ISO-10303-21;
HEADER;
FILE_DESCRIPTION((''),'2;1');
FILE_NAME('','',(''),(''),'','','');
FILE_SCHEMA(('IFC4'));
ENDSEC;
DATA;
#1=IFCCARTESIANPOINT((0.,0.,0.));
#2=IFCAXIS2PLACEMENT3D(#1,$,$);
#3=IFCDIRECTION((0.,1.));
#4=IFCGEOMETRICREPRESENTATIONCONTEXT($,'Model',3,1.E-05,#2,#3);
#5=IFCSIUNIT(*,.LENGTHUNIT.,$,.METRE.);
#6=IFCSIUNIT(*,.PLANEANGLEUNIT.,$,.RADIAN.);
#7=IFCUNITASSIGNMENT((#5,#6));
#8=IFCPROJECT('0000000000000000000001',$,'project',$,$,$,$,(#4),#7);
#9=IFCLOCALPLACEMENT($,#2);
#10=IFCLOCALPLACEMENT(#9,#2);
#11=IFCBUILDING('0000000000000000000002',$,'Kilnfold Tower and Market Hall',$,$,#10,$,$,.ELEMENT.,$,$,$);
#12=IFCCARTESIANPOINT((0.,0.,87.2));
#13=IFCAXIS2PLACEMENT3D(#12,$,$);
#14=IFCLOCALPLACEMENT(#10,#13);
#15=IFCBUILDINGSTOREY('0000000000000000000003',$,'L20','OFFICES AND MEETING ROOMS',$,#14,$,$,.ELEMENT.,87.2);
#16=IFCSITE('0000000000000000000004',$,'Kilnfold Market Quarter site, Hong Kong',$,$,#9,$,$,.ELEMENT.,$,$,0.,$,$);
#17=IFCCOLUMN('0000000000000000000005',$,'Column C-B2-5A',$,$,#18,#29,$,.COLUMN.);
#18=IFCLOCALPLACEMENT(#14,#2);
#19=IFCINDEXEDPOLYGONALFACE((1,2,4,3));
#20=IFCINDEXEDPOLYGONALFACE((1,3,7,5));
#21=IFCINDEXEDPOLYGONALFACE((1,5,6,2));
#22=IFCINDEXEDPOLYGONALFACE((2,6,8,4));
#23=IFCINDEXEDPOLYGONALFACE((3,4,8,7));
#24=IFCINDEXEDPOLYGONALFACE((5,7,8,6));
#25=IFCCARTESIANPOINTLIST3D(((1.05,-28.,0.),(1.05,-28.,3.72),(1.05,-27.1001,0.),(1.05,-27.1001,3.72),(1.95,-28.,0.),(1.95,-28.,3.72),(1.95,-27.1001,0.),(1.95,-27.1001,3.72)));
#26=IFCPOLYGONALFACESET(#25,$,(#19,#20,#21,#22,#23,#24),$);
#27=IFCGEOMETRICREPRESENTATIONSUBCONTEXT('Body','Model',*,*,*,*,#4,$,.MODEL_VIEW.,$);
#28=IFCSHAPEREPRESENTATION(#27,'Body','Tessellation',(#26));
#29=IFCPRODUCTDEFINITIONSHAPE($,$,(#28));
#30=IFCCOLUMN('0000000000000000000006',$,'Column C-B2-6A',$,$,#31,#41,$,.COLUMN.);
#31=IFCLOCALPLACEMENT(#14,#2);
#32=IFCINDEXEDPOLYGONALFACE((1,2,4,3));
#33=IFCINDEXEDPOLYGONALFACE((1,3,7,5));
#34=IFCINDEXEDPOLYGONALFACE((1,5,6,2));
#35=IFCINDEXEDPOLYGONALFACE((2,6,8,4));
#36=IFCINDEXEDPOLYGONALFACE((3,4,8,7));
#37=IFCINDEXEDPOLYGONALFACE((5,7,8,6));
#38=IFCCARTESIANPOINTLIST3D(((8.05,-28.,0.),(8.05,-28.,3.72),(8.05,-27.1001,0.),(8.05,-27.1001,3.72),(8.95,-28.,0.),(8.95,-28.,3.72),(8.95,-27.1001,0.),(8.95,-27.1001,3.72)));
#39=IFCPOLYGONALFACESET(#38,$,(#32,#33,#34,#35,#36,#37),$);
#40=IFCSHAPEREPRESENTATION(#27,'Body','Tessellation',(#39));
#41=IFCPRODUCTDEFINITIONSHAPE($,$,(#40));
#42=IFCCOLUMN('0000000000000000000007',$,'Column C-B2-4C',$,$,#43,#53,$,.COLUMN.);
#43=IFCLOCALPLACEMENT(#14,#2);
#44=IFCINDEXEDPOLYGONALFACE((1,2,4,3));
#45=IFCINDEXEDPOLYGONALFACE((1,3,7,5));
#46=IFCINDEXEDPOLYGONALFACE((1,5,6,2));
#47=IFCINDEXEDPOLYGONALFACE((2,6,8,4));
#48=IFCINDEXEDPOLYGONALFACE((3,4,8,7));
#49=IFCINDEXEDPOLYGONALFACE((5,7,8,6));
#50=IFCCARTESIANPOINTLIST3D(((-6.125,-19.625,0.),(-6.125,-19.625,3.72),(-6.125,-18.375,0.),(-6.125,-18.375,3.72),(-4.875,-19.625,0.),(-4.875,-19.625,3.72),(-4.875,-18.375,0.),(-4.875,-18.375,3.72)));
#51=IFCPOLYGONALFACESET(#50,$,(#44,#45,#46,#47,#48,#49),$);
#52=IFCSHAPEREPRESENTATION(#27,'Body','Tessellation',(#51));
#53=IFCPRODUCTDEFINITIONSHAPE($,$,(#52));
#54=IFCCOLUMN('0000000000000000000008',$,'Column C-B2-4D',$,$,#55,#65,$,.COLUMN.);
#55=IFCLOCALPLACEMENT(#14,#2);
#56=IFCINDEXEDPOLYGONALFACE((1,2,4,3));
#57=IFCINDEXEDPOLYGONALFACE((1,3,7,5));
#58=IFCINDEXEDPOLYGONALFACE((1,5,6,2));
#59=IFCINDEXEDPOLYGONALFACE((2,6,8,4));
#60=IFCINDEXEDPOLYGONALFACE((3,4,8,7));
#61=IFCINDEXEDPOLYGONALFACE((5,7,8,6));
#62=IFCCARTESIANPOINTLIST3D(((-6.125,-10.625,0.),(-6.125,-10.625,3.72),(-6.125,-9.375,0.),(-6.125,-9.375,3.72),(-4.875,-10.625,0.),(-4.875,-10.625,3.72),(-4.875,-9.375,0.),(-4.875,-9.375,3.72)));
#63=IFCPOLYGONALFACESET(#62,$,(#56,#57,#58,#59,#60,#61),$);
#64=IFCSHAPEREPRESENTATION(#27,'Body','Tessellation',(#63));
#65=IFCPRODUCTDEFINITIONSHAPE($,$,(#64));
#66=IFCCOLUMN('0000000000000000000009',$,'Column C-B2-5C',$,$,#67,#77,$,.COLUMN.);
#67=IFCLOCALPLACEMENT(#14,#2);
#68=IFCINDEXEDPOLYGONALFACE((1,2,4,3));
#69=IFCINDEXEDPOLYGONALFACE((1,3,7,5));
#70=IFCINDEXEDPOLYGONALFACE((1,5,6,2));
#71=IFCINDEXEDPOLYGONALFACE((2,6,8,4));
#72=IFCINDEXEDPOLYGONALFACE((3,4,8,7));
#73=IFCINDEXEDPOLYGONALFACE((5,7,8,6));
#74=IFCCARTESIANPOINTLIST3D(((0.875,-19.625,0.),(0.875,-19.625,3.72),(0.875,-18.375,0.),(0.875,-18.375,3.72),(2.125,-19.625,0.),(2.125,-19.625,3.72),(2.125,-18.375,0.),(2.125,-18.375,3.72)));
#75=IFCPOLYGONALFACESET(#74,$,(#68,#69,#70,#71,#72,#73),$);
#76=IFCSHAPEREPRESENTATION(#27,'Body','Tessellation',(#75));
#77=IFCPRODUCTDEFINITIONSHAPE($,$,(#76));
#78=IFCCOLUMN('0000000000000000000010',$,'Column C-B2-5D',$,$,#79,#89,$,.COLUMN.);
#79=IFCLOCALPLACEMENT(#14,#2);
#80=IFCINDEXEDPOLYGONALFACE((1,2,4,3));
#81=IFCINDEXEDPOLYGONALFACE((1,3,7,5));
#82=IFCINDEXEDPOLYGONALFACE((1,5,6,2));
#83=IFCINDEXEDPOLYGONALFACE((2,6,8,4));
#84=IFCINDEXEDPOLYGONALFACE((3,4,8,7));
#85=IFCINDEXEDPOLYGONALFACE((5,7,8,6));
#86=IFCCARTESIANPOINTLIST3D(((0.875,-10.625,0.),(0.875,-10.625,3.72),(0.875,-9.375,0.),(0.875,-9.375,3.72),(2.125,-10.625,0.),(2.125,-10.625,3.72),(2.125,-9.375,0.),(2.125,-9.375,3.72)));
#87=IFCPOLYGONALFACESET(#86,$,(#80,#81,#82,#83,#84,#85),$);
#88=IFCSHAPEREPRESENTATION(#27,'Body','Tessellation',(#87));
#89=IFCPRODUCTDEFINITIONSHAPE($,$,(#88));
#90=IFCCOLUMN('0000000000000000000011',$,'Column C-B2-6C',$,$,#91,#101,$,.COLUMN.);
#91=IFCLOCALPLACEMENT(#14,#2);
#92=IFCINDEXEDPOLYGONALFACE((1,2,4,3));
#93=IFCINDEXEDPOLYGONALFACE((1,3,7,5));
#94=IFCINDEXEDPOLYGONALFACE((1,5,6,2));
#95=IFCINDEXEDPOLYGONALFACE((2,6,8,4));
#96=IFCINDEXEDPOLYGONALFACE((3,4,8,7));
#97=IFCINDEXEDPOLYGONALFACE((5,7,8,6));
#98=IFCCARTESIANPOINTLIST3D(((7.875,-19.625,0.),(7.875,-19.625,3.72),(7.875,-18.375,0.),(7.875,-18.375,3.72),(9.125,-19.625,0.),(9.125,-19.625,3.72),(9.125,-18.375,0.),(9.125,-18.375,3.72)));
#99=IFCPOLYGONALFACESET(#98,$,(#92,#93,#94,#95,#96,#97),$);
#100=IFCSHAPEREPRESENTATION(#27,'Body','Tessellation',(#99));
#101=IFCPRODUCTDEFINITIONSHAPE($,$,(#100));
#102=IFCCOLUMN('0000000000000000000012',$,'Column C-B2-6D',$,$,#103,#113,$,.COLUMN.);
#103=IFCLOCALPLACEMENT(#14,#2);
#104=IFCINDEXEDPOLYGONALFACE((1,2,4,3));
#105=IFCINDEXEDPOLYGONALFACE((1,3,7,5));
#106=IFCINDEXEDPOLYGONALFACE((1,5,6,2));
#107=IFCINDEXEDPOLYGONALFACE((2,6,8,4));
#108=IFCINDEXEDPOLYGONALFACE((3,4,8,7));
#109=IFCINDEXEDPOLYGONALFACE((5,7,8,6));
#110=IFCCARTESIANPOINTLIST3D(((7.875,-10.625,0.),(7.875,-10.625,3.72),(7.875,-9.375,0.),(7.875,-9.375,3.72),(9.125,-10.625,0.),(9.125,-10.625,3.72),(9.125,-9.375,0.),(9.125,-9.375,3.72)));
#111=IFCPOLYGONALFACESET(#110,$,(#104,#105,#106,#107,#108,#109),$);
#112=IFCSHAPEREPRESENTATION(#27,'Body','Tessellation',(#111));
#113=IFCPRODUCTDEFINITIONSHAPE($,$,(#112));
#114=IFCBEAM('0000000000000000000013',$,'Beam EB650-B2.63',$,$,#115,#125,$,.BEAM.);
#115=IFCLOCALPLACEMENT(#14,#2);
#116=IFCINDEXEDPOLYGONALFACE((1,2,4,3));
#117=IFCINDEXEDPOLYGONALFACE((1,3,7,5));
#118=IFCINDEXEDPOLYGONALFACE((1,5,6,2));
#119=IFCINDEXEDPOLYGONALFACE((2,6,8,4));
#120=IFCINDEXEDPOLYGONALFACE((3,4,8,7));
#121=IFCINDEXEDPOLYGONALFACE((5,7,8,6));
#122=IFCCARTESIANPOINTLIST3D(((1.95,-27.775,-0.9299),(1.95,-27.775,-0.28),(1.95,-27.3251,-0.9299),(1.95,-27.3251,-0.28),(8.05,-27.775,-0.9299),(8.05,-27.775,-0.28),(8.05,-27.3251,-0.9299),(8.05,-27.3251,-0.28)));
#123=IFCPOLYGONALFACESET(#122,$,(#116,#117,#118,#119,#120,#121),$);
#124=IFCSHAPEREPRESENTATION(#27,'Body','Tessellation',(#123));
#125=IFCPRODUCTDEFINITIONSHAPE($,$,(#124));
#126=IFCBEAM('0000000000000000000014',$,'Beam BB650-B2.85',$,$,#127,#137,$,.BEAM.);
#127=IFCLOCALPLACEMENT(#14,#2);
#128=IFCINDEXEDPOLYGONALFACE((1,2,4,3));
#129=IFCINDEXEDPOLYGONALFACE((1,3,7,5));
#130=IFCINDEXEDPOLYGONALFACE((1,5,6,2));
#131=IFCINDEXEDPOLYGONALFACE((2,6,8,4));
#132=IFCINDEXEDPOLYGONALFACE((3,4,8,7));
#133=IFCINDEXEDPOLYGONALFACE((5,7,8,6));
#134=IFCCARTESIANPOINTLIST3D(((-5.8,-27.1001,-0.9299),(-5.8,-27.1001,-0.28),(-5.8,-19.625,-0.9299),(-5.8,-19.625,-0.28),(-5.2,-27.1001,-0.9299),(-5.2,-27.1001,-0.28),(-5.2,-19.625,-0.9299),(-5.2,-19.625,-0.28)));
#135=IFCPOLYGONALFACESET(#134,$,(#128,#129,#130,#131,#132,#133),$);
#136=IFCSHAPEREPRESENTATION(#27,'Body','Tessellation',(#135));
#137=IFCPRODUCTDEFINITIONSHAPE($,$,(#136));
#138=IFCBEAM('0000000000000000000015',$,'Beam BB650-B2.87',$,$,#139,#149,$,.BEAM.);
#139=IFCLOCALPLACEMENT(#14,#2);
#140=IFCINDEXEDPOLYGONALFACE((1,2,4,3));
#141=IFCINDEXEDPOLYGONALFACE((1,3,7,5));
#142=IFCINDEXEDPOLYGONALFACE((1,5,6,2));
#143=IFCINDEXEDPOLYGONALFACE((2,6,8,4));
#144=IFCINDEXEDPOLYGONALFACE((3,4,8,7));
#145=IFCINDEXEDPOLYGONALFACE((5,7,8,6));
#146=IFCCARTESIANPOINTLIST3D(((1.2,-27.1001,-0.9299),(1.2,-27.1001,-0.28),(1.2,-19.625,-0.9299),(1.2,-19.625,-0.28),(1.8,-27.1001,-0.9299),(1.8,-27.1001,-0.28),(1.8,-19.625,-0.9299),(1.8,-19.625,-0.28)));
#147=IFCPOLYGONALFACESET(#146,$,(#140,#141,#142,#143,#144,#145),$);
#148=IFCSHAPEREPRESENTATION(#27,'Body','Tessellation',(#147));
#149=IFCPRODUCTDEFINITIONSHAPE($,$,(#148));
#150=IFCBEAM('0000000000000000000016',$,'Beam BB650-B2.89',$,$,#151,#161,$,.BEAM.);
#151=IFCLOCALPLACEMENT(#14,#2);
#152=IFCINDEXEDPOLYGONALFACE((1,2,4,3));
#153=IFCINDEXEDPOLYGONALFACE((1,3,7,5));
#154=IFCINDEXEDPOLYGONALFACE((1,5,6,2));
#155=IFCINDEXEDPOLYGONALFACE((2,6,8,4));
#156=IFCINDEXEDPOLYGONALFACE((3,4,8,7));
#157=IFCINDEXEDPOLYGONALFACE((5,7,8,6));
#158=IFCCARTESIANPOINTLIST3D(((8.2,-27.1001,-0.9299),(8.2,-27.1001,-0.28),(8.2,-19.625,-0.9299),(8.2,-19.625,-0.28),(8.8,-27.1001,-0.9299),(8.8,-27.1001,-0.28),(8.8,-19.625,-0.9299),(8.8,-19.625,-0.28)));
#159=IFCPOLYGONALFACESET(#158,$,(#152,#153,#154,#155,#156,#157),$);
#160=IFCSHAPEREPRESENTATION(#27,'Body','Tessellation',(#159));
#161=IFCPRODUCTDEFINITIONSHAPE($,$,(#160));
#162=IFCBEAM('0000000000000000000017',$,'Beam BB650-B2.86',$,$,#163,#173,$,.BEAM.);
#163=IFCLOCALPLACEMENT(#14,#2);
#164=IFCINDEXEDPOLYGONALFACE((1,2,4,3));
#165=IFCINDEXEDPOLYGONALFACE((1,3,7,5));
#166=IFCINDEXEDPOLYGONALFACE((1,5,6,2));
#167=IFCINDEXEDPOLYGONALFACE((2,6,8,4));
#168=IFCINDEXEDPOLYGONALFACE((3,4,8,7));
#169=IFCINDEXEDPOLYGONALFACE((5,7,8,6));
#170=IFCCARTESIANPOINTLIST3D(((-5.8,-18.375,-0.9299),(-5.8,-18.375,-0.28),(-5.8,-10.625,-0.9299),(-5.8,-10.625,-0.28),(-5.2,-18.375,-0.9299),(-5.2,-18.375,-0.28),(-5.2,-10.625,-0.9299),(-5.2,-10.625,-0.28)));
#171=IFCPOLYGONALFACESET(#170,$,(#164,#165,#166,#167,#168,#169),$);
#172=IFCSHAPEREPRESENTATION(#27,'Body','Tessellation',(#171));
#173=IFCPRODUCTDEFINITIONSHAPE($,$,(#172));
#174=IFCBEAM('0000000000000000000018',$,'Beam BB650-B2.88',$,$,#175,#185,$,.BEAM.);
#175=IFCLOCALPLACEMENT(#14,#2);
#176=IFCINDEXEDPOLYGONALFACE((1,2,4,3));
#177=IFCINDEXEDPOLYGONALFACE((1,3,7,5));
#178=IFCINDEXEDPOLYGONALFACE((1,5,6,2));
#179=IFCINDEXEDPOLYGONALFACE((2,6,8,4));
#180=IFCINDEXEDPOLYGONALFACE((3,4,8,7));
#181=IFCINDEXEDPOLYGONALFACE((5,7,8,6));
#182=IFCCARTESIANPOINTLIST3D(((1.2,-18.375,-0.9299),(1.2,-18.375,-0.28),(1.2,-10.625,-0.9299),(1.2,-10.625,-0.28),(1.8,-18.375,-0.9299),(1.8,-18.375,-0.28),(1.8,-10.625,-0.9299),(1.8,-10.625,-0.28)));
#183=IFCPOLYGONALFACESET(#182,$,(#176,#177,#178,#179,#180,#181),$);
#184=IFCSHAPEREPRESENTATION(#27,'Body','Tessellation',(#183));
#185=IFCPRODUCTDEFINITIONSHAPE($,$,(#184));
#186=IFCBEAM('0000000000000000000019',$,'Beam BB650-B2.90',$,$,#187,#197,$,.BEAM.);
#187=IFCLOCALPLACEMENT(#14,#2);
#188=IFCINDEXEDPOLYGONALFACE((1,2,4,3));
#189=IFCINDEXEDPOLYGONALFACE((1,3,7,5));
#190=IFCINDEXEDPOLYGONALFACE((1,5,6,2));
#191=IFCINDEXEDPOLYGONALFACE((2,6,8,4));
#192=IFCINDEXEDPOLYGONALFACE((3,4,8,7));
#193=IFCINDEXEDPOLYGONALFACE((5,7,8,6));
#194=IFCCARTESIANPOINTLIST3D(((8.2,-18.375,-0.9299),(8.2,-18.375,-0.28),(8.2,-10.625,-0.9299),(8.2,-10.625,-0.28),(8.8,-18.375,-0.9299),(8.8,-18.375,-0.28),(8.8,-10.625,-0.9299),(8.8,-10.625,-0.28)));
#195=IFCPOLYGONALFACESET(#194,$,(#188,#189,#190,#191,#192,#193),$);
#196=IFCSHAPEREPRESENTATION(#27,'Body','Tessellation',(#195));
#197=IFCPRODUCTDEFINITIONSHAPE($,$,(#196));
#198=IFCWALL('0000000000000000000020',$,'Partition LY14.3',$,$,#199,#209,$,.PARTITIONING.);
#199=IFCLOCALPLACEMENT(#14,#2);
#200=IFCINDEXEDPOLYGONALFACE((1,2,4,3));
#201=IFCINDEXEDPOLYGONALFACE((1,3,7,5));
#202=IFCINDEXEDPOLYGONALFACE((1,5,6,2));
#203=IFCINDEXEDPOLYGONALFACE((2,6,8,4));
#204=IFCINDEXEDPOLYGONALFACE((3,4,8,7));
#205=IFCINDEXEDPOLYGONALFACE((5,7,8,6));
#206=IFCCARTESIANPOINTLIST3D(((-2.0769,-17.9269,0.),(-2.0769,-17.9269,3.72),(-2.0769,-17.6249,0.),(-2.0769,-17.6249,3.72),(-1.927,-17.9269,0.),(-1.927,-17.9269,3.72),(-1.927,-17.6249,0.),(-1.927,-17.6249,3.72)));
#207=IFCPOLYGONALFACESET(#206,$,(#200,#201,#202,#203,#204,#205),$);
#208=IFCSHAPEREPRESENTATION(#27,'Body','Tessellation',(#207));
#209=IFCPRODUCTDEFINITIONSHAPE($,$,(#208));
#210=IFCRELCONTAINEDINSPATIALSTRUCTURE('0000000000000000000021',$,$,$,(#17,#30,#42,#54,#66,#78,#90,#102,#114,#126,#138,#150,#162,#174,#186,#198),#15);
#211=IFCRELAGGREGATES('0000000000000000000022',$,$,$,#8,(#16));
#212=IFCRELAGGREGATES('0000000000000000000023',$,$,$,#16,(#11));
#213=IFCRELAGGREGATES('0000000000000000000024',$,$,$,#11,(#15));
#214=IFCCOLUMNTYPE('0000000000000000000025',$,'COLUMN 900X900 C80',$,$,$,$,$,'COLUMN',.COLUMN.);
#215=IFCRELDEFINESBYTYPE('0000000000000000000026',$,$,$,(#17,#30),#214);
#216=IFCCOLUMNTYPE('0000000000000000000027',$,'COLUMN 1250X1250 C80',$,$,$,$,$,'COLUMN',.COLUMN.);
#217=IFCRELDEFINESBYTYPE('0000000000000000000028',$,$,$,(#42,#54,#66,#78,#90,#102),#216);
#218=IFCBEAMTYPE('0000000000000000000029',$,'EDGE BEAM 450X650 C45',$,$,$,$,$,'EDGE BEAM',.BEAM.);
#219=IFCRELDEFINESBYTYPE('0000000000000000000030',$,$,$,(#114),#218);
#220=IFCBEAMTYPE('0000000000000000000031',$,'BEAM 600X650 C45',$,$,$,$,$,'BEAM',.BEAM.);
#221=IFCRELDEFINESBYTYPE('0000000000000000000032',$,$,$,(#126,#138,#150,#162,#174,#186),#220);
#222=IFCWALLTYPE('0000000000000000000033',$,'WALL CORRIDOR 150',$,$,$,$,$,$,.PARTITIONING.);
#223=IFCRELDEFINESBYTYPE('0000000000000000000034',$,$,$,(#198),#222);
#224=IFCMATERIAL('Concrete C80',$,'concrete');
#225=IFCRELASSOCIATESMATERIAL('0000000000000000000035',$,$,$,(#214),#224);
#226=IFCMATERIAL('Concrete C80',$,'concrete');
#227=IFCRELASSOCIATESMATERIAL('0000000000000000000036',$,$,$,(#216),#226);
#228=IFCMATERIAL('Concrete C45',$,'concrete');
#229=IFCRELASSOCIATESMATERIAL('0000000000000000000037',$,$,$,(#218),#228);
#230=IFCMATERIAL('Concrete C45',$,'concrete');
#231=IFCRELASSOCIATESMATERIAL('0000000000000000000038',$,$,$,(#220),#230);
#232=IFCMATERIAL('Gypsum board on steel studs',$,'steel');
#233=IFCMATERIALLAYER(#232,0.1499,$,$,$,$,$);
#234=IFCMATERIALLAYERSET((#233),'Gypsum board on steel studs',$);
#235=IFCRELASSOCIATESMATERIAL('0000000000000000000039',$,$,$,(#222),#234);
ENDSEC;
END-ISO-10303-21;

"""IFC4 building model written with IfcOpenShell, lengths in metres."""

from ifc_helpers import new_model, si_unit, direction, frame, frame_2d, origin, origin_2d, place, context, subcontext, project, spatial, rectangle, extrude, source, transform, mapped, material, layer, layer_set, material_profile, profile_set, type_object, element, save


model = new_model("IFC4")

# Units and contexts
model_context = context("Model", 3, precision=1e-05, world=origin(), true_north=direction((0.0, 1.0)))
body_context = subcontext(model_context, "Body", "Model", "MODEL_VIEW")
ifc_project = project(units=[si_unit("LENGTHUNIT", "METRE"), si_unit("PLANEANGLEUNIT", "RADIAN")], contexts=[model_context])

# Site, building, storey
site_placement = place(None, origin())
site = spatial("IfcSite", under=ifc_project, at=site_placement, Name="Kilnfold Market Quarter site, Hong Kong", CompositionType="ELEMENT", RefElevation=0.0)
building_placement = place(site_placement, origin())
building = spatial("IfcBuilding", under=site, at=building_placement, Name="Kilnfold Tower and Market Hall", CompositionType="ELEMENT")
storey_placement = place(building_placement, frame((0.0, 0.0, 87.2)))
storey = spatial("IfcBuildingStorey", under=building, at=storey_placement, Name="L20", Description="OFFICES AND MEETING ROOMS", CompositionType="ELEMENT", Elevation=87.2)

# Columns
ifc_material_1 = material(Name="Concrete C80", Category="concrete")
ifc_material_profile_1 = material_profile(ifc_material_1, rectangle(XDim=0.8999, YDim=0.8999, at=origin_2d()), Name="RC 900x900")
ifc_profile_set_1 = profile_set([ifc_material_profile_1], Name="Concrete C80")
column_type_1 = type_object("IfcColumnType", Name="COLUMN 900X900 C80", ElementType="COLUMN", PredefinedType="COLUMN", material=ifc_profile_set_1)
shared_shape_1 = source(origin(), body_context, "Body", "SweptSolid", [
    extrude(rectangle(XDim=0.8999, YDim=0.8999, at=origin_2d()), origin(), (0.0, 0.0, 1.0), 3.72),
])
for number, where, z_axis, x_axis, name in (
    (1, (1.5, -27.55, 0.0), (0.0, 0.0, 1.0), (1.0, 0.0, 0.0), "Column C-B2-5A"),
    (2, (8.5, -27.55, 0.0), (0.0, 0.0, 1.0), (1.0, 0.0, 0.0), "Column C-B2-6A"),
):
    element("IfcColumn", number, at=place(storey_placement, frame(where, z_axis=z_axis, x_axis=x_axis)), inside=storey, type_object=column_type_1, Name=name, PredefinedType="COLUMN", context=body_context, shape_type="MappedRepresentation", body=[
        mapped(shared_shape_1, transform((0.0, 0.0, 0.0))),
    ])
ifc_material_2 = material(Name="Concrete C80", Category="concrete")
ifc_material_profile_2 = material_profile(ifc_material_2, rectangle(XDim=1.25, YDim=1.25, at=origin_2d()), Name="RC 1250x1250")
ifc_profile_set_2 = profile_set([ifc_material_profile_2], Name="Concrete C80")
column_type_2 = type_object("IfcColumnType", Name="COLUMN 1250X1250 C80", ElementType="COLUMN", PredefinedType="COLUMN", material=ifc_profile_set_2)
shared_shape_2 = source(origin(), body_context, "Body", "SweptSolid", [
    extrude(rectangle(XDim=1.25, YDim=1.25, at=origin_2d()), origin(), (0.0, 0.0, 1.0), 3.72),
])
for number, where, z_axis, x_axis, name in (
    (3, (-5.5, -19.0, 0.0), (0.0, 0.0, 1.0), (1.0, 0.0, 0.0), "Column C-B2-4C"),
    (4, (-5.5, -10.0, 0.0), (0.0, 0.0, 1.0), (1.0, 0.0, 0.0), "Column C-B2-4D"),
    (5, (1.5, -19.0, 0.0), (0.0, 0.0, 1.0), (1.0, 0.0, 0.0), "Column C-B2-5C"),
    (6, (1.5, -10.0, 0.0), (0.0, 0.0, 1.0), (1.0, 0.0, 0.0), "Column C-B2-5D"),
    (7, (8.5, -19.0, 0.0), (0.0, 0.0, 1.0), (1.0, 0.0, 0.0), "Column C-B2-6C"),
    (8, (8.5, -10.0, 0.0), (0.0, 0.0, 1.0), (1.0, 0.0, 0.0), "Column C-B2-6D"),
):
    element("IfcColumn", number, at=place(storey_placement, frame(where, z_axis=z_axis, x_axis=x_axis)), inside=storey, type_object=column_type_2, Name=name, PredefinedType="COLUMN", context=body_context, shape_type="MappedRepresentation", body=[
        mapped(shared_shape_2, transform((0.0, 0.0, 0.0))),
    ])

# Beams
ifc_material_3 = material(Name="Concrete C45", Category="concrete")
ifc_material_profile_3 = material_profile(ifc_material_3, rectangle(XDim=0.45, YDim=0.6499, at=origin_2d()), Name="RC 450x650")
ifc_profile_set_3 = profile_set([ifc_material_profile_3], Name="Concrete C45")
beam_type_1 = type_object("IfcBeamType", Name="EDGE BEAM 450X650 C45", ElementType="EDGE BEAM", PredefinedType="BEAM", material=ifc_profile_set_3)
shared_shape_3 = source(origin(), body_context, "Body", "SweptSolid", [
    extrude(rectangle(XDim=0.45, YDim=0.6499, at=origin_2d()), origin(), (0.0, 0.0, 1.0), 6.1001),
])
beam_placement = place(storey_placement, frame((1.95, -27.55, -0.605), z_axis=(1.0, 0.0, 0.0), x_axis=(0.0, 1.0, 0.0)))
element("IfcBeam", 9, at=beam_placement, inside=storey, type_object=beam_type_1, Name="Beam EB650-B2.63", PredefinedType="BEAM", context=body_context, shape_type="MappedRepresentation", body=[
    mapped(shared_shape_3, transform((0.0, 0.0, 0.0))),
])
ifc_material_4 = material(Name="Concrete C45", Category="concrete")
ifc_material_profile_4 = material_profile(ifc_material_4, rectangle(XDim=0.6001, YDim=0.6499, at=origin_2d()), Name="RC 600x650")
ifc_profile_set_4 = profile_set([ifc_material_profile_4], Name="Concrete C45")
beam_type_2 = type_object("IfcBeamType", Name="BEAM 600X650 C45", ElementType="BEAM", PredefinedType="BEAM", material=ifc_profile_set_4)
shared_shape_4 = source(origin(), body_context, "Body", "SweptSolid", [
    extrude(rectangle(XDim=0.6001, YDim=0.6499, at=origin_2d()), origin(), (0.0, 0.0, 1.0), 7.4751),
])
for number, where, z_axis, x_axis, name in (
    (10, (-5.5, -27.1001, -0.605), (0.0, 1.0, 0.0), (-1.0, 0.0, 0.0), "Beam BB650-B2.85"),
    (11, (1.5, -27.1001, -0.605), (0.0, 1.0, 0.0), (-1.0, 0.0, 0.0), "Beam BB650-B2.87"),
    (12, (8.5, -27.1001, -0.605), (0.0, 1.0, 0.0), (-1.0, 0.0, 0.0), "Beam BB650-B2.89"),
):
    element("IfcBeam", number, at=place(storey_placement, frame(where, z_axis=z_axis, x_axis=x_axis)), inside=storey, type_object=beam_type_2, Name=name, PredefinedType="BEAM", context=body_context, shape_type="MappedRepresentation", body=[
        mapped(shared_shape_4, transform((0.0, 0.0, 0.0))),
    ])
shared_shape_5 = source(origin(), body_context, "Body", "SweptSolid", [
    extrude(rectangle(XDim=0.6001, YDim=0.6499, at=origin_2d()), origin(), (0.0, 0.0, 1.0), 7.75),
])
for number, where, z_axis, x_axis, name in (
    (13, (-5.5, -18.375, -0.605), (0.0, 1.0, 0.0), (-1.0, 0.0, 0.0), "Beam BB650-B2.86"),
    (14, (1.5, -18.375, -0.605), (0.0, 1.0, 0.0), (-1.0, 0.0, 0.0), "Beam BB650-B2.88"),
    (15, (8.5, -18.375, -0.605), (0.0, 1.0, 0.0), (-1.0, 0.0, 0.0), "Beam BB650-B2.90"),
):
    element("IfcBeam", number, at=place(storey_placement, frame(where, z_axis=z_axis, x_axis=x_axis)), inside=storey, type_object=beam_type_2, Name=name, PredefinedType="BEAM", context=body_context, shape_type="MappedRepresentation", body=[
        mapped(shared_shape_5, transform((0.0, 0.0, 0.0))),
    ])

# Wall
ifc_material_5 = material(Name="Gypsum board on steel studs", Category="steel")
ifc_layer_1 = layer(ifc_material_5, 0.1499)
ifc_layer_set_1 = layer_set([ifc_layer_1], Name="Gypsum board on steel studs")
wall_type_1 = type_object("IfcWallType", Name="WALL CORRIDOR 150", PredefinedType="PARTITIONING", material=ifc_layer_set_1)
wall_1_placement = place(storey_placement, frame((-2.002, -17.625, 0.0), z_axis=(0.0, 0.0, 1.0), x_axis=(0.0, -1.0, 0.0)))
element("IfcWall", 16, at=wall_1_placement, inside=storey, type_object=wall_type_1, Name="Partition LY14.3", PredefinedType="PARTITIONING", context=body_context, shape_type="SweptSolid", body=[
    extrude(rectangle(XDim=0.302, YDim=0.1499, at=frame_2d((0.1509, 0.0))), origin(), (0.0, 0.0, 1.0), 3.72),
])

save(model, "model.ifc")
